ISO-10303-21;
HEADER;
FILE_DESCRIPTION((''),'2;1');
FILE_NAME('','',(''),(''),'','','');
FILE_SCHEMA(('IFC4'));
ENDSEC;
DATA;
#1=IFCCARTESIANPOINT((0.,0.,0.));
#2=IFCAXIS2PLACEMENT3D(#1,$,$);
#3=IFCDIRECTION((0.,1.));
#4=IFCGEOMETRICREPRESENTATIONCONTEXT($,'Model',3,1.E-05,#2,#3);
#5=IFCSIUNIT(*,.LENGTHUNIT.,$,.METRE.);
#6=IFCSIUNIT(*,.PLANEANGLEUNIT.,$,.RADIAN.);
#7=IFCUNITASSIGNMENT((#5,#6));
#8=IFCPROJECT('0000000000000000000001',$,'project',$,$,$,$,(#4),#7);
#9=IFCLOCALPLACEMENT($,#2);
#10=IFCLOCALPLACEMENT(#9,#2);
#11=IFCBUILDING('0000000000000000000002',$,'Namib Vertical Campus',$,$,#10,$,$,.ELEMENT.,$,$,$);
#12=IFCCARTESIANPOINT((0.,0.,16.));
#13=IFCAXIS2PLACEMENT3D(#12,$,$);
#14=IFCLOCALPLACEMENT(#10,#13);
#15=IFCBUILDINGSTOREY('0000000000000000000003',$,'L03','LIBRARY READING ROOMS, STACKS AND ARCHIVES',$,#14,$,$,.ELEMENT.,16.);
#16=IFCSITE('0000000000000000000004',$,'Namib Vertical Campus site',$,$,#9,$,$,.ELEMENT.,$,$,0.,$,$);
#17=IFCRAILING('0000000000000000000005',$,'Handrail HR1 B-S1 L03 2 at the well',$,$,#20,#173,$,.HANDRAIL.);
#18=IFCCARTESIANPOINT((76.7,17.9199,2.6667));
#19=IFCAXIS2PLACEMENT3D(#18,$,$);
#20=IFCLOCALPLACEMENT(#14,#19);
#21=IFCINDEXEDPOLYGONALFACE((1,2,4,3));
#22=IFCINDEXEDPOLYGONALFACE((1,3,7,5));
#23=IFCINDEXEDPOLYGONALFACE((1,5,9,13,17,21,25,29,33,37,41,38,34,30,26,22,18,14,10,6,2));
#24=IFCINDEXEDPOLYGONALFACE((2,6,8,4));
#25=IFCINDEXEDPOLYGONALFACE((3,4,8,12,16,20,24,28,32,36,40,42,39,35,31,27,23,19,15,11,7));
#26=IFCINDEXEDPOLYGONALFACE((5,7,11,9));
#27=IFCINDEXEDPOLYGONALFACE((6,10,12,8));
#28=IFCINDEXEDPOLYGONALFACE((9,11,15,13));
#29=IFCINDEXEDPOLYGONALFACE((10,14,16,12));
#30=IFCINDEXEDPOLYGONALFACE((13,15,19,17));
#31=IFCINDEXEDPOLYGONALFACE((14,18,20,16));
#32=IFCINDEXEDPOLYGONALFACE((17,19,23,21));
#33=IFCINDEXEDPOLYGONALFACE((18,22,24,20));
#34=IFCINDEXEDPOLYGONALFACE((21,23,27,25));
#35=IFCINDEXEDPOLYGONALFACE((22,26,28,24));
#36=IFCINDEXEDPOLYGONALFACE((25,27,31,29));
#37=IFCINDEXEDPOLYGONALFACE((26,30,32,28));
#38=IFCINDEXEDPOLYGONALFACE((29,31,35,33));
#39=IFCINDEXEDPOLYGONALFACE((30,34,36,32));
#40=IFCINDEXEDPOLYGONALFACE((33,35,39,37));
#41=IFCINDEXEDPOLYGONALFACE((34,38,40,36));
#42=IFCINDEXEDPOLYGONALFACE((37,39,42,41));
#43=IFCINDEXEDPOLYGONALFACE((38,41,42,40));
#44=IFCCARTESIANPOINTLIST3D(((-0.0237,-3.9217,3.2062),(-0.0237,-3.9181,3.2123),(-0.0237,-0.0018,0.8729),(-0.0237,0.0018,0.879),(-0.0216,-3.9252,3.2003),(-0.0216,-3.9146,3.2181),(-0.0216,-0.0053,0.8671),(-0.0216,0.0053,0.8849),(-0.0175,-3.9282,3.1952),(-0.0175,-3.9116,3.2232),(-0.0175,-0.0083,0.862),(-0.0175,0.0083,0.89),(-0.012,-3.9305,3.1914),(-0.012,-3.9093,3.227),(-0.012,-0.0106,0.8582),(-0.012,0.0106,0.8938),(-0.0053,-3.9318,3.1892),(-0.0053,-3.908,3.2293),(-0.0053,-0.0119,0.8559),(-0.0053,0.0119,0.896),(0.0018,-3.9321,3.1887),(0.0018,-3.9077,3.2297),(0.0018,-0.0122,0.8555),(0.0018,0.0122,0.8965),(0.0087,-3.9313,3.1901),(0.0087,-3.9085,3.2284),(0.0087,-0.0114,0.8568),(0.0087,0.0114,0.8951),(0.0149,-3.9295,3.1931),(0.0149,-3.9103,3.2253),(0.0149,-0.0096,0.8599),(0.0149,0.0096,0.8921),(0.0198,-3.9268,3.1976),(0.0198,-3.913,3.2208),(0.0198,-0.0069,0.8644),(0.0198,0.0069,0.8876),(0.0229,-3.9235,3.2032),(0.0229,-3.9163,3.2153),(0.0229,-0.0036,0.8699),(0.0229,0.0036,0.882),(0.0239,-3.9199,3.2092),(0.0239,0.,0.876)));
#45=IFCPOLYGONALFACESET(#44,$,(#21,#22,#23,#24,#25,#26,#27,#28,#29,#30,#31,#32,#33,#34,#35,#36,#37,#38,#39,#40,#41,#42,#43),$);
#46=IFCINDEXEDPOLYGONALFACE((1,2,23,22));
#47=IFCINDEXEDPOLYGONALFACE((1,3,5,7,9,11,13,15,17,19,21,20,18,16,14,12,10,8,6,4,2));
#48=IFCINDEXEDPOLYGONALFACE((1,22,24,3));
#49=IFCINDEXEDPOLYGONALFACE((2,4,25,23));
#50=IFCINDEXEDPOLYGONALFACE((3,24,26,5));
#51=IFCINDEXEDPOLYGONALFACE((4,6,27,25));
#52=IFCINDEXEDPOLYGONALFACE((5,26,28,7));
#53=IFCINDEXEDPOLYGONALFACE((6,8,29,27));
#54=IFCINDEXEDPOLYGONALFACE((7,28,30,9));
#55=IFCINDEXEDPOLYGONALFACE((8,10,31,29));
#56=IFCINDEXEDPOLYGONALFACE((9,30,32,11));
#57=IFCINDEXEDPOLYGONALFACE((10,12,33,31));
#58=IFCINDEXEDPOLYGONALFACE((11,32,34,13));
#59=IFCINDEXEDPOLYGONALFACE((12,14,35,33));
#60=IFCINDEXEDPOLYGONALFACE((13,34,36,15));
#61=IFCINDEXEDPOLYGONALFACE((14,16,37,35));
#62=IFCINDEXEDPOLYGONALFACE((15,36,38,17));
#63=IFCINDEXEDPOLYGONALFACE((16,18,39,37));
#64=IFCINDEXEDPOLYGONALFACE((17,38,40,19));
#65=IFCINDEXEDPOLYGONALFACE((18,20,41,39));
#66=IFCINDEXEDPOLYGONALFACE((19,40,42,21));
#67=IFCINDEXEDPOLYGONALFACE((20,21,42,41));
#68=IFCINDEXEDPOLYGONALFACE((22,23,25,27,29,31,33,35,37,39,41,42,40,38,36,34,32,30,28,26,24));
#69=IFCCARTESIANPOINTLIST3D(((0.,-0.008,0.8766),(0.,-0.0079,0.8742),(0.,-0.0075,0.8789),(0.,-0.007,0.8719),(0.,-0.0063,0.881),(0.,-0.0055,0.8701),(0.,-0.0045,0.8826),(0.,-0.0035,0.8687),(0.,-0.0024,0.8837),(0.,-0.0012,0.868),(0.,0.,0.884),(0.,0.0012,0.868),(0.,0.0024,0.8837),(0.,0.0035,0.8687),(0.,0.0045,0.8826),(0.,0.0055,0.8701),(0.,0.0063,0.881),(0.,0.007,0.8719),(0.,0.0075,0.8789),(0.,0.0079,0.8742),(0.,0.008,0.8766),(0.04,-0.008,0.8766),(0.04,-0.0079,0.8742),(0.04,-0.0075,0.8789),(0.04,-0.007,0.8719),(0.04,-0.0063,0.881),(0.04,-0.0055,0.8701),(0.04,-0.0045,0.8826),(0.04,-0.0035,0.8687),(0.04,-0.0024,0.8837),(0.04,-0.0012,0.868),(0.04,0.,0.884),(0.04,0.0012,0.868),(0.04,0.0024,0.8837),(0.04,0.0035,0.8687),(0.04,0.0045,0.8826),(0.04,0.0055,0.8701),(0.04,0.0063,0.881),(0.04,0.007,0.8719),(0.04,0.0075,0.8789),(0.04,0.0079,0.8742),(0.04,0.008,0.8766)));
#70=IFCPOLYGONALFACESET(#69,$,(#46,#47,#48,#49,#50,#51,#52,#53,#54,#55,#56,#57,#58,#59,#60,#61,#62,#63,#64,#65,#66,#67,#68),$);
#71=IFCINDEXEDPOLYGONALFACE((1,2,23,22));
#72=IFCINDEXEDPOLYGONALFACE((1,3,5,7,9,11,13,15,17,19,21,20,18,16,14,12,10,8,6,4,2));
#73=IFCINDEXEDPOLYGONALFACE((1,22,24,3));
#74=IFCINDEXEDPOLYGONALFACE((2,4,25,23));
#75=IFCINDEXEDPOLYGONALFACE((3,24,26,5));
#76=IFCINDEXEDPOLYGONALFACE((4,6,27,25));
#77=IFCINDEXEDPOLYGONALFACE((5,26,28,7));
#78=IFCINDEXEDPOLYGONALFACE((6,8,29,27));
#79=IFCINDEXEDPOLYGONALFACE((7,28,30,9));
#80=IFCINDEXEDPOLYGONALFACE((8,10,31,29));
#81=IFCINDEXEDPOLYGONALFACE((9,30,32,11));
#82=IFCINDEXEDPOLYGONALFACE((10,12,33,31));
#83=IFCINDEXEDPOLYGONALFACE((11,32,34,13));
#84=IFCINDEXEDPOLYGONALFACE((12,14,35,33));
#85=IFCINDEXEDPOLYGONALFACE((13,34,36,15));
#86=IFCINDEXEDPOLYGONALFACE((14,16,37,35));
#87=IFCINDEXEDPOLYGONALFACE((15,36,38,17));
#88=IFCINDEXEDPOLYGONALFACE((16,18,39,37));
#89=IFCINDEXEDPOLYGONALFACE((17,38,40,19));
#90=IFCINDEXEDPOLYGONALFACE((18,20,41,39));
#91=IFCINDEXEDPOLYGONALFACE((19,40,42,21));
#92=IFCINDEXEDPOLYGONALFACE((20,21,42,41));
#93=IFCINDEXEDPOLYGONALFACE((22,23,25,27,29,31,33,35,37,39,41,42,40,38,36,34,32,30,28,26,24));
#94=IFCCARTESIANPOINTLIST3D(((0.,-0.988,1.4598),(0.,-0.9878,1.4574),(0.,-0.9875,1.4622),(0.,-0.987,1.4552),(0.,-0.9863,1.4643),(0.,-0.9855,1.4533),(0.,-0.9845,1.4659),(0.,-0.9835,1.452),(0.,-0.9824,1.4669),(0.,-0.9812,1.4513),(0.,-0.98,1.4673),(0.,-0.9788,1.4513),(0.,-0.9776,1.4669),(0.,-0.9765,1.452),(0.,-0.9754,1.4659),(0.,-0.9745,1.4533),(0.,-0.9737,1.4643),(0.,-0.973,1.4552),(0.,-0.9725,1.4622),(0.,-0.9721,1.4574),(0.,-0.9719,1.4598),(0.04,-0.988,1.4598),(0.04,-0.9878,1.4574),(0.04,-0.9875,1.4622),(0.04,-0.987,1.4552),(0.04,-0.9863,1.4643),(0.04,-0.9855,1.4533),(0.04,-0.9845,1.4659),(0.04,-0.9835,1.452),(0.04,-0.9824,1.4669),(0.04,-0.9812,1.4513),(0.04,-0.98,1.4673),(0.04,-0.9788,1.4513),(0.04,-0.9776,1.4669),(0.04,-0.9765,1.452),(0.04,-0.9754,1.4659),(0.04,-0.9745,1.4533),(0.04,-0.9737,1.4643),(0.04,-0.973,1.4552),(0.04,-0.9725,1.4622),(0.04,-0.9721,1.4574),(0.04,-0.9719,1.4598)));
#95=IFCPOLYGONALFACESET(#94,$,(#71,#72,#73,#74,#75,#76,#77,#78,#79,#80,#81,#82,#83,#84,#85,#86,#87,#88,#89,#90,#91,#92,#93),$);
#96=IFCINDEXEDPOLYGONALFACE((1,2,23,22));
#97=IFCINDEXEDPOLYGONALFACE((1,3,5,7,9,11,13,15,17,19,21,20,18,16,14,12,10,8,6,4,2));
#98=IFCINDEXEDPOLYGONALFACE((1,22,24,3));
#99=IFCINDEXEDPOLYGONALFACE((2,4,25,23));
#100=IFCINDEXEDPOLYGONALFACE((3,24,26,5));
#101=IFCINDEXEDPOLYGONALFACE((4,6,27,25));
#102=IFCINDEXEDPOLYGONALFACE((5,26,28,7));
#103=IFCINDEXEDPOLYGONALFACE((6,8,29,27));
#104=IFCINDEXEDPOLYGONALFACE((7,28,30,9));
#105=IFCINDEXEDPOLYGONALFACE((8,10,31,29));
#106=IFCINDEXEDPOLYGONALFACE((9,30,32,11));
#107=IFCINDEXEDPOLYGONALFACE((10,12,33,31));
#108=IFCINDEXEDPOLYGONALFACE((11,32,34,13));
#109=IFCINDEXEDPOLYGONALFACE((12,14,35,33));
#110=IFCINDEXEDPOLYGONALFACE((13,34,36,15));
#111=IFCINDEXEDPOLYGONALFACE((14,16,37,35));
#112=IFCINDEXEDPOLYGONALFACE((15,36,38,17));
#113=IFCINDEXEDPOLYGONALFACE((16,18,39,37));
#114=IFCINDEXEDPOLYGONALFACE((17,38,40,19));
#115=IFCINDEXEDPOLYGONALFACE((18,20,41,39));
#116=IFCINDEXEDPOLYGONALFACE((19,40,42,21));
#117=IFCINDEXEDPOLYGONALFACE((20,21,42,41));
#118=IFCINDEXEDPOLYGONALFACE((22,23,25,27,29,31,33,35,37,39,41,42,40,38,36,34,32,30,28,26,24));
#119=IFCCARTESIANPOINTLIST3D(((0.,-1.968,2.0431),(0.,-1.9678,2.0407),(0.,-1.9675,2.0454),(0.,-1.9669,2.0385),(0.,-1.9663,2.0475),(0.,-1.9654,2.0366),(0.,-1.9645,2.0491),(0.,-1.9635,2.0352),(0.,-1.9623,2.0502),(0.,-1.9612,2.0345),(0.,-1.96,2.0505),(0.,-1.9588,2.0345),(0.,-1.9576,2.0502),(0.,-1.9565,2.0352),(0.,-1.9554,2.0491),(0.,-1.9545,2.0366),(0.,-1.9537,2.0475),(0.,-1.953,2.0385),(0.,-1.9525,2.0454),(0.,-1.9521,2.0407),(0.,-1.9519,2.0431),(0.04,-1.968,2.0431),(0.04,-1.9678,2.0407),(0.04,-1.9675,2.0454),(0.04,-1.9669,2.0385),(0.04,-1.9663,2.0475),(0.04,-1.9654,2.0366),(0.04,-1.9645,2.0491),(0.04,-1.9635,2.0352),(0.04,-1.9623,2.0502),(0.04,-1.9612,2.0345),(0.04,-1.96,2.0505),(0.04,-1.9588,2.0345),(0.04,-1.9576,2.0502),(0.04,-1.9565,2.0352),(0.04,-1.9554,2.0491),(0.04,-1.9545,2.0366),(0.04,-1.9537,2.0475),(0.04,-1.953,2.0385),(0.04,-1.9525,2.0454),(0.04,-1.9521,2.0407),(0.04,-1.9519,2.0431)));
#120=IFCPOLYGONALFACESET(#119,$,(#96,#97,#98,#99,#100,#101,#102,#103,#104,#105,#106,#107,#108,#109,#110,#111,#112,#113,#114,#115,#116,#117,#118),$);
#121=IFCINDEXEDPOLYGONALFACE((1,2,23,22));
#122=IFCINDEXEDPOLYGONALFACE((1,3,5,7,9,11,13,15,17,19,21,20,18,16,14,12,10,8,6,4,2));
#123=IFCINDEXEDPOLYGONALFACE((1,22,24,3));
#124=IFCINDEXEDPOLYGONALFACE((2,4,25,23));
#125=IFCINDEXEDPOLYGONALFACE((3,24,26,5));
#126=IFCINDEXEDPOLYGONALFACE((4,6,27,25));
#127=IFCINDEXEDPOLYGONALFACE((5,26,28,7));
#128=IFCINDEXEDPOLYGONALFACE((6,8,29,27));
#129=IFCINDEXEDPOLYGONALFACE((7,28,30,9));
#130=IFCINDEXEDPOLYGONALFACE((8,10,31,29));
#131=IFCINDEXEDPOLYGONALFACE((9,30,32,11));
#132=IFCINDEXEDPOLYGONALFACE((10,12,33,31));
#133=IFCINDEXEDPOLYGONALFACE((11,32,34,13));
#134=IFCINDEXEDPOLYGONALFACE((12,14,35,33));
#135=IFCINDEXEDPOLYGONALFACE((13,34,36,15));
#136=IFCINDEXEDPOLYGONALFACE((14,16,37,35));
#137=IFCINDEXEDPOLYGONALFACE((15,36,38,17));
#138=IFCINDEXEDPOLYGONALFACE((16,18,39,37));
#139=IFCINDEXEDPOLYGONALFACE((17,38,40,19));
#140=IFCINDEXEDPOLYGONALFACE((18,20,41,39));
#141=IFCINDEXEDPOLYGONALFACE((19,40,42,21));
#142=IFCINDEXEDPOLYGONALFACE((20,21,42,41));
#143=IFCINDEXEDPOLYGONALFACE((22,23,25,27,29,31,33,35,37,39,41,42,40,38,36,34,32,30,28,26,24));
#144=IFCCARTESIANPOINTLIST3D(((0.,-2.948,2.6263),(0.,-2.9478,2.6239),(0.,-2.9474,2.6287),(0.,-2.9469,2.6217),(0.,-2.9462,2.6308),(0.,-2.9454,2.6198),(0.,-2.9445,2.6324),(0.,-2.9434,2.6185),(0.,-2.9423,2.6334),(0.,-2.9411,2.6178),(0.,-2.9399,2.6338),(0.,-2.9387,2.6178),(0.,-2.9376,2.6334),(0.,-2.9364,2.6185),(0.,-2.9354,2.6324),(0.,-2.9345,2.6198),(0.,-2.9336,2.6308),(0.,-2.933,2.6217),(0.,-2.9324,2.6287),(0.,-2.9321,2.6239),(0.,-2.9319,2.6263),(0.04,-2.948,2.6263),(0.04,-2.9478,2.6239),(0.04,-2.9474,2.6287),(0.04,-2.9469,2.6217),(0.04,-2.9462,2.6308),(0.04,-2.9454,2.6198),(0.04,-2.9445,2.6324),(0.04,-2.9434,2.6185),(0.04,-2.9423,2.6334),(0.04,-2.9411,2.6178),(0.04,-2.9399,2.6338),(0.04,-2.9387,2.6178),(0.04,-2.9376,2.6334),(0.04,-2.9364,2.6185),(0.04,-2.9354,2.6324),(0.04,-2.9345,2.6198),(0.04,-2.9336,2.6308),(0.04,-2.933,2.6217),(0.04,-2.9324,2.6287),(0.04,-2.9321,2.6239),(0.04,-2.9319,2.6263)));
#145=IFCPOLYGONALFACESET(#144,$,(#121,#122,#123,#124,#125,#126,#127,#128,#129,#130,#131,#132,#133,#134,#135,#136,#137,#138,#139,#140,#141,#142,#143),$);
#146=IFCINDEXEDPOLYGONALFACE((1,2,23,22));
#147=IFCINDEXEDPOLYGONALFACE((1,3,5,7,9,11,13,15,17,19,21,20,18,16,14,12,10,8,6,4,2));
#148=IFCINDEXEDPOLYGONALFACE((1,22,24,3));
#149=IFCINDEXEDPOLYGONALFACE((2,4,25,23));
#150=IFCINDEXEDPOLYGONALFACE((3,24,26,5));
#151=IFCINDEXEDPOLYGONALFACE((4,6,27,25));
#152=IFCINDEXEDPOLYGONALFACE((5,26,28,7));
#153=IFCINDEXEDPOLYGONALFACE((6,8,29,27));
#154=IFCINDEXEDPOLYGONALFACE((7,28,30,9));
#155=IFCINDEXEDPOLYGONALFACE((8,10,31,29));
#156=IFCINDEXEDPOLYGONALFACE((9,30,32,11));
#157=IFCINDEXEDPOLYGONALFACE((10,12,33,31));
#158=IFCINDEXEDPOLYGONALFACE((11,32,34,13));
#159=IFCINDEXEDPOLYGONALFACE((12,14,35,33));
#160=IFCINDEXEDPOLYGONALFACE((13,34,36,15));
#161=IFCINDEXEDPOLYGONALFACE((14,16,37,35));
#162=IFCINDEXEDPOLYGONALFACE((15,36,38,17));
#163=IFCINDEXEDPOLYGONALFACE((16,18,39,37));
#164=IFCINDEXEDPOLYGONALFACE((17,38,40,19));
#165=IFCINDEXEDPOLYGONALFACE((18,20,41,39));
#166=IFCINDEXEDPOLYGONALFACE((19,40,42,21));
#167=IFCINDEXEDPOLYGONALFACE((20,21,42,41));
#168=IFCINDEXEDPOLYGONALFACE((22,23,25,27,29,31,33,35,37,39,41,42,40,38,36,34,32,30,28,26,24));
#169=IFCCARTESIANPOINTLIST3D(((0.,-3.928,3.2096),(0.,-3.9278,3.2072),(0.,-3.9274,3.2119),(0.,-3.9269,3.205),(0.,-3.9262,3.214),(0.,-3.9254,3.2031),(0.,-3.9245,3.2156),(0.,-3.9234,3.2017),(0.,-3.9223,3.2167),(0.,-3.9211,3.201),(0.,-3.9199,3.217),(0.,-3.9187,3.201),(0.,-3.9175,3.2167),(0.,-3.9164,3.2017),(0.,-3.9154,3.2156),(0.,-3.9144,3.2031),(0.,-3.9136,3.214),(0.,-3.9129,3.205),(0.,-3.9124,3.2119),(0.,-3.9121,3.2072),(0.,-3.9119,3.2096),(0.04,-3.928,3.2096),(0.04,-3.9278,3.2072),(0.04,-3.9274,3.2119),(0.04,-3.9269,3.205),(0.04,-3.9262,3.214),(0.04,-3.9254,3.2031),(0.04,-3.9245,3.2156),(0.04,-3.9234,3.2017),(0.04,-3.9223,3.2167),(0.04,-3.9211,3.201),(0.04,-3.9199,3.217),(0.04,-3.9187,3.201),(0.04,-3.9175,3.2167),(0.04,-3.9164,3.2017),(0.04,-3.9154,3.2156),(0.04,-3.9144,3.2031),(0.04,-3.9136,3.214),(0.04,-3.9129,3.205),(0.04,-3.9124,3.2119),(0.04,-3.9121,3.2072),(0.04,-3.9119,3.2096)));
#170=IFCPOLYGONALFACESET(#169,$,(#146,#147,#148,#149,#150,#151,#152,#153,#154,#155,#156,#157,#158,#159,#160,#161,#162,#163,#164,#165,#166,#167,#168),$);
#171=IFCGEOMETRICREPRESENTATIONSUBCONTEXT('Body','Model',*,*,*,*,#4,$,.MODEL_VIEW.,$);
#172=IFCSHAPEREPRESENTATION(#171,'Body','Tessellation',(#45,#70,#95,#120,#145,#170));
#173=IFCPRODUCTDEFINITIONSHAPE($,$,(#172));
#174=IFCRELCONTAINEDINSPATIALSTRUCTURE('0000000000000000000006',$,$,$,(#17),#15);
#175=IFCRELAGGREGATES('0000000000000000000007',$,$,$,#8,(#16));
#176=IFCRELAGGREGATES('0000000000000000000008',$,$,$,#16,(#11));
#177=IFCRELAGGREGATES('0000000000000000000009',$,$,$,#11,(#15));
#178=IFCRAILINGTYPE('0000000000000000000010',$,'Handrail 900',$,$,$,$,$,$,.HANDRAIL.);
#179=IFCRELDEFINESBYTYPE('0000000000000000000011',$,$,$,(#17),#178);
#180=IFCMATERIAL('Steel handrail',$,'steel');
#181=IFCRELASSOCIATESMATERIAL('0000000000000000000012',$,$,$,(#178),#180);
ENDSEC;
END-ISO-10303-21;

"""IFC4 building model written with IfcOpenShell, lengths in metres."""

from ifc_helpers import new_model, si_unit, direction, frame, origin, origin_2d, place, context, subcontext, project, spatial, circle, extrude, material, type_object, element, save


model = new_model("IFC4")

# Units and contexts
model_context = context("Model", 3, precision=1e-05, world=origin(), true_north=direction((0.0, 1.0)))
body_context = subcontext(model_context, "Body", "Model", "MODEL_VIEW")
ifc_project = project(units=[si_unit("LENGTHUNIT", "METRE"), si_unit("PLANEANGLEUNIT", "RADIAN")], contexts=[model_context])

# Site, building, storey
site_placement = place(None, origin())
site = spatial("IfcSite", under=ifc_project, at=site_placement, Name="Namib Vertical Campus site", CompositionType="ELEMENT", RefElevation=0.0)
building_placement = place(site_placement, origin())
building = spatial("IfcBuilding", under=site, at=building_placement, Name="Namib Vertical Campus", CompositionType="ELEMENT")
storey_placement = place(building_placement, frame((0.0, 0.0, 16.0)))
storey = spatial("IfcBuildingStorey", under=building, at=storey_placement, Name="L03", Description="LIBRARY READING ROOMS, STACKS AND ARCHIVES", CompositionType="ELEMENT", Elevation=16.0)

# Railing
ifc_material_1 = material(Name="Steel handrail", Category="steel")
railing_type_1 = type_object("IfcRailingType", Name="Handrail 900", PredefinedType="HANDRAIL", material=ifc_material_1)
railing_1_placement = place(storey_placement, frame((76.7, 17.9199, 2.6667)))
element("IfcRailing", 1, at=railing_1_placement, inside=storey, type_object=railing_type_1, Name="Handrail HR1 B-S1 L03 2 at the well", PredefinedType="HANDRAIL", context=body_context, shape_type="SweptSolid", body=[
    extrude(circle(Radius=0.0239, at=origin_2d()), frame((0.0, 0.0, 0.876), z_axis=(0.0, -0.859296, 0.511478), x_axis=(1.0, 0.0, 0.0)), (0.0, 0.0, 1.0), 4.5618),
    extrude(circle(Radius=0.0081, at=origin_2d()), frame((0.0, 0.0, 0.876), z_axis=(1.0, 0.0, 0.0), x_axis=(0.0, 0.0, 1.0)), (0.0, 0.0, 1.0), 0.04),
    extrude(circle(Radius=0.0081, at=origin_2d()), frame((0.0, -0.98, 1.4592), z_axis=(1.0, 0.0, 0.0), x_axis=(0.0, 0.0, 1.0)), (0.0, 0.0, 1.0), 0.04),
    extrude(circle(Radius=0.0081, at=origin_2d()), frame((0.0, -1.96, 2.0425), z_axis=(1.0, 0.0, 0.0), x_axis=(0.0, 0.0, 1.0)), (0.0, 0.0, 1.0), 0.04),
    extrude(circle(Radius=0.0081, at=origin_2d()), frame((0.0, -2.9399, 2.6257), z_axis=(1.0, 0.0, 0.0), x_axis=(0.0, 0.0, 1.0)), (0.0, 0.0, 1.0), 0.04),
    extrude(circle(Radius=0.0081, at=origin_2d()), frame((0.0, -3.9199, 3.209), z_axis=(1.0, 0.0, 0.0), x_axis=(0.0, 0.0, 1.0)), (0.0, 0.0, 1.0), 0.04),
])

save(model, "model.ifc")
